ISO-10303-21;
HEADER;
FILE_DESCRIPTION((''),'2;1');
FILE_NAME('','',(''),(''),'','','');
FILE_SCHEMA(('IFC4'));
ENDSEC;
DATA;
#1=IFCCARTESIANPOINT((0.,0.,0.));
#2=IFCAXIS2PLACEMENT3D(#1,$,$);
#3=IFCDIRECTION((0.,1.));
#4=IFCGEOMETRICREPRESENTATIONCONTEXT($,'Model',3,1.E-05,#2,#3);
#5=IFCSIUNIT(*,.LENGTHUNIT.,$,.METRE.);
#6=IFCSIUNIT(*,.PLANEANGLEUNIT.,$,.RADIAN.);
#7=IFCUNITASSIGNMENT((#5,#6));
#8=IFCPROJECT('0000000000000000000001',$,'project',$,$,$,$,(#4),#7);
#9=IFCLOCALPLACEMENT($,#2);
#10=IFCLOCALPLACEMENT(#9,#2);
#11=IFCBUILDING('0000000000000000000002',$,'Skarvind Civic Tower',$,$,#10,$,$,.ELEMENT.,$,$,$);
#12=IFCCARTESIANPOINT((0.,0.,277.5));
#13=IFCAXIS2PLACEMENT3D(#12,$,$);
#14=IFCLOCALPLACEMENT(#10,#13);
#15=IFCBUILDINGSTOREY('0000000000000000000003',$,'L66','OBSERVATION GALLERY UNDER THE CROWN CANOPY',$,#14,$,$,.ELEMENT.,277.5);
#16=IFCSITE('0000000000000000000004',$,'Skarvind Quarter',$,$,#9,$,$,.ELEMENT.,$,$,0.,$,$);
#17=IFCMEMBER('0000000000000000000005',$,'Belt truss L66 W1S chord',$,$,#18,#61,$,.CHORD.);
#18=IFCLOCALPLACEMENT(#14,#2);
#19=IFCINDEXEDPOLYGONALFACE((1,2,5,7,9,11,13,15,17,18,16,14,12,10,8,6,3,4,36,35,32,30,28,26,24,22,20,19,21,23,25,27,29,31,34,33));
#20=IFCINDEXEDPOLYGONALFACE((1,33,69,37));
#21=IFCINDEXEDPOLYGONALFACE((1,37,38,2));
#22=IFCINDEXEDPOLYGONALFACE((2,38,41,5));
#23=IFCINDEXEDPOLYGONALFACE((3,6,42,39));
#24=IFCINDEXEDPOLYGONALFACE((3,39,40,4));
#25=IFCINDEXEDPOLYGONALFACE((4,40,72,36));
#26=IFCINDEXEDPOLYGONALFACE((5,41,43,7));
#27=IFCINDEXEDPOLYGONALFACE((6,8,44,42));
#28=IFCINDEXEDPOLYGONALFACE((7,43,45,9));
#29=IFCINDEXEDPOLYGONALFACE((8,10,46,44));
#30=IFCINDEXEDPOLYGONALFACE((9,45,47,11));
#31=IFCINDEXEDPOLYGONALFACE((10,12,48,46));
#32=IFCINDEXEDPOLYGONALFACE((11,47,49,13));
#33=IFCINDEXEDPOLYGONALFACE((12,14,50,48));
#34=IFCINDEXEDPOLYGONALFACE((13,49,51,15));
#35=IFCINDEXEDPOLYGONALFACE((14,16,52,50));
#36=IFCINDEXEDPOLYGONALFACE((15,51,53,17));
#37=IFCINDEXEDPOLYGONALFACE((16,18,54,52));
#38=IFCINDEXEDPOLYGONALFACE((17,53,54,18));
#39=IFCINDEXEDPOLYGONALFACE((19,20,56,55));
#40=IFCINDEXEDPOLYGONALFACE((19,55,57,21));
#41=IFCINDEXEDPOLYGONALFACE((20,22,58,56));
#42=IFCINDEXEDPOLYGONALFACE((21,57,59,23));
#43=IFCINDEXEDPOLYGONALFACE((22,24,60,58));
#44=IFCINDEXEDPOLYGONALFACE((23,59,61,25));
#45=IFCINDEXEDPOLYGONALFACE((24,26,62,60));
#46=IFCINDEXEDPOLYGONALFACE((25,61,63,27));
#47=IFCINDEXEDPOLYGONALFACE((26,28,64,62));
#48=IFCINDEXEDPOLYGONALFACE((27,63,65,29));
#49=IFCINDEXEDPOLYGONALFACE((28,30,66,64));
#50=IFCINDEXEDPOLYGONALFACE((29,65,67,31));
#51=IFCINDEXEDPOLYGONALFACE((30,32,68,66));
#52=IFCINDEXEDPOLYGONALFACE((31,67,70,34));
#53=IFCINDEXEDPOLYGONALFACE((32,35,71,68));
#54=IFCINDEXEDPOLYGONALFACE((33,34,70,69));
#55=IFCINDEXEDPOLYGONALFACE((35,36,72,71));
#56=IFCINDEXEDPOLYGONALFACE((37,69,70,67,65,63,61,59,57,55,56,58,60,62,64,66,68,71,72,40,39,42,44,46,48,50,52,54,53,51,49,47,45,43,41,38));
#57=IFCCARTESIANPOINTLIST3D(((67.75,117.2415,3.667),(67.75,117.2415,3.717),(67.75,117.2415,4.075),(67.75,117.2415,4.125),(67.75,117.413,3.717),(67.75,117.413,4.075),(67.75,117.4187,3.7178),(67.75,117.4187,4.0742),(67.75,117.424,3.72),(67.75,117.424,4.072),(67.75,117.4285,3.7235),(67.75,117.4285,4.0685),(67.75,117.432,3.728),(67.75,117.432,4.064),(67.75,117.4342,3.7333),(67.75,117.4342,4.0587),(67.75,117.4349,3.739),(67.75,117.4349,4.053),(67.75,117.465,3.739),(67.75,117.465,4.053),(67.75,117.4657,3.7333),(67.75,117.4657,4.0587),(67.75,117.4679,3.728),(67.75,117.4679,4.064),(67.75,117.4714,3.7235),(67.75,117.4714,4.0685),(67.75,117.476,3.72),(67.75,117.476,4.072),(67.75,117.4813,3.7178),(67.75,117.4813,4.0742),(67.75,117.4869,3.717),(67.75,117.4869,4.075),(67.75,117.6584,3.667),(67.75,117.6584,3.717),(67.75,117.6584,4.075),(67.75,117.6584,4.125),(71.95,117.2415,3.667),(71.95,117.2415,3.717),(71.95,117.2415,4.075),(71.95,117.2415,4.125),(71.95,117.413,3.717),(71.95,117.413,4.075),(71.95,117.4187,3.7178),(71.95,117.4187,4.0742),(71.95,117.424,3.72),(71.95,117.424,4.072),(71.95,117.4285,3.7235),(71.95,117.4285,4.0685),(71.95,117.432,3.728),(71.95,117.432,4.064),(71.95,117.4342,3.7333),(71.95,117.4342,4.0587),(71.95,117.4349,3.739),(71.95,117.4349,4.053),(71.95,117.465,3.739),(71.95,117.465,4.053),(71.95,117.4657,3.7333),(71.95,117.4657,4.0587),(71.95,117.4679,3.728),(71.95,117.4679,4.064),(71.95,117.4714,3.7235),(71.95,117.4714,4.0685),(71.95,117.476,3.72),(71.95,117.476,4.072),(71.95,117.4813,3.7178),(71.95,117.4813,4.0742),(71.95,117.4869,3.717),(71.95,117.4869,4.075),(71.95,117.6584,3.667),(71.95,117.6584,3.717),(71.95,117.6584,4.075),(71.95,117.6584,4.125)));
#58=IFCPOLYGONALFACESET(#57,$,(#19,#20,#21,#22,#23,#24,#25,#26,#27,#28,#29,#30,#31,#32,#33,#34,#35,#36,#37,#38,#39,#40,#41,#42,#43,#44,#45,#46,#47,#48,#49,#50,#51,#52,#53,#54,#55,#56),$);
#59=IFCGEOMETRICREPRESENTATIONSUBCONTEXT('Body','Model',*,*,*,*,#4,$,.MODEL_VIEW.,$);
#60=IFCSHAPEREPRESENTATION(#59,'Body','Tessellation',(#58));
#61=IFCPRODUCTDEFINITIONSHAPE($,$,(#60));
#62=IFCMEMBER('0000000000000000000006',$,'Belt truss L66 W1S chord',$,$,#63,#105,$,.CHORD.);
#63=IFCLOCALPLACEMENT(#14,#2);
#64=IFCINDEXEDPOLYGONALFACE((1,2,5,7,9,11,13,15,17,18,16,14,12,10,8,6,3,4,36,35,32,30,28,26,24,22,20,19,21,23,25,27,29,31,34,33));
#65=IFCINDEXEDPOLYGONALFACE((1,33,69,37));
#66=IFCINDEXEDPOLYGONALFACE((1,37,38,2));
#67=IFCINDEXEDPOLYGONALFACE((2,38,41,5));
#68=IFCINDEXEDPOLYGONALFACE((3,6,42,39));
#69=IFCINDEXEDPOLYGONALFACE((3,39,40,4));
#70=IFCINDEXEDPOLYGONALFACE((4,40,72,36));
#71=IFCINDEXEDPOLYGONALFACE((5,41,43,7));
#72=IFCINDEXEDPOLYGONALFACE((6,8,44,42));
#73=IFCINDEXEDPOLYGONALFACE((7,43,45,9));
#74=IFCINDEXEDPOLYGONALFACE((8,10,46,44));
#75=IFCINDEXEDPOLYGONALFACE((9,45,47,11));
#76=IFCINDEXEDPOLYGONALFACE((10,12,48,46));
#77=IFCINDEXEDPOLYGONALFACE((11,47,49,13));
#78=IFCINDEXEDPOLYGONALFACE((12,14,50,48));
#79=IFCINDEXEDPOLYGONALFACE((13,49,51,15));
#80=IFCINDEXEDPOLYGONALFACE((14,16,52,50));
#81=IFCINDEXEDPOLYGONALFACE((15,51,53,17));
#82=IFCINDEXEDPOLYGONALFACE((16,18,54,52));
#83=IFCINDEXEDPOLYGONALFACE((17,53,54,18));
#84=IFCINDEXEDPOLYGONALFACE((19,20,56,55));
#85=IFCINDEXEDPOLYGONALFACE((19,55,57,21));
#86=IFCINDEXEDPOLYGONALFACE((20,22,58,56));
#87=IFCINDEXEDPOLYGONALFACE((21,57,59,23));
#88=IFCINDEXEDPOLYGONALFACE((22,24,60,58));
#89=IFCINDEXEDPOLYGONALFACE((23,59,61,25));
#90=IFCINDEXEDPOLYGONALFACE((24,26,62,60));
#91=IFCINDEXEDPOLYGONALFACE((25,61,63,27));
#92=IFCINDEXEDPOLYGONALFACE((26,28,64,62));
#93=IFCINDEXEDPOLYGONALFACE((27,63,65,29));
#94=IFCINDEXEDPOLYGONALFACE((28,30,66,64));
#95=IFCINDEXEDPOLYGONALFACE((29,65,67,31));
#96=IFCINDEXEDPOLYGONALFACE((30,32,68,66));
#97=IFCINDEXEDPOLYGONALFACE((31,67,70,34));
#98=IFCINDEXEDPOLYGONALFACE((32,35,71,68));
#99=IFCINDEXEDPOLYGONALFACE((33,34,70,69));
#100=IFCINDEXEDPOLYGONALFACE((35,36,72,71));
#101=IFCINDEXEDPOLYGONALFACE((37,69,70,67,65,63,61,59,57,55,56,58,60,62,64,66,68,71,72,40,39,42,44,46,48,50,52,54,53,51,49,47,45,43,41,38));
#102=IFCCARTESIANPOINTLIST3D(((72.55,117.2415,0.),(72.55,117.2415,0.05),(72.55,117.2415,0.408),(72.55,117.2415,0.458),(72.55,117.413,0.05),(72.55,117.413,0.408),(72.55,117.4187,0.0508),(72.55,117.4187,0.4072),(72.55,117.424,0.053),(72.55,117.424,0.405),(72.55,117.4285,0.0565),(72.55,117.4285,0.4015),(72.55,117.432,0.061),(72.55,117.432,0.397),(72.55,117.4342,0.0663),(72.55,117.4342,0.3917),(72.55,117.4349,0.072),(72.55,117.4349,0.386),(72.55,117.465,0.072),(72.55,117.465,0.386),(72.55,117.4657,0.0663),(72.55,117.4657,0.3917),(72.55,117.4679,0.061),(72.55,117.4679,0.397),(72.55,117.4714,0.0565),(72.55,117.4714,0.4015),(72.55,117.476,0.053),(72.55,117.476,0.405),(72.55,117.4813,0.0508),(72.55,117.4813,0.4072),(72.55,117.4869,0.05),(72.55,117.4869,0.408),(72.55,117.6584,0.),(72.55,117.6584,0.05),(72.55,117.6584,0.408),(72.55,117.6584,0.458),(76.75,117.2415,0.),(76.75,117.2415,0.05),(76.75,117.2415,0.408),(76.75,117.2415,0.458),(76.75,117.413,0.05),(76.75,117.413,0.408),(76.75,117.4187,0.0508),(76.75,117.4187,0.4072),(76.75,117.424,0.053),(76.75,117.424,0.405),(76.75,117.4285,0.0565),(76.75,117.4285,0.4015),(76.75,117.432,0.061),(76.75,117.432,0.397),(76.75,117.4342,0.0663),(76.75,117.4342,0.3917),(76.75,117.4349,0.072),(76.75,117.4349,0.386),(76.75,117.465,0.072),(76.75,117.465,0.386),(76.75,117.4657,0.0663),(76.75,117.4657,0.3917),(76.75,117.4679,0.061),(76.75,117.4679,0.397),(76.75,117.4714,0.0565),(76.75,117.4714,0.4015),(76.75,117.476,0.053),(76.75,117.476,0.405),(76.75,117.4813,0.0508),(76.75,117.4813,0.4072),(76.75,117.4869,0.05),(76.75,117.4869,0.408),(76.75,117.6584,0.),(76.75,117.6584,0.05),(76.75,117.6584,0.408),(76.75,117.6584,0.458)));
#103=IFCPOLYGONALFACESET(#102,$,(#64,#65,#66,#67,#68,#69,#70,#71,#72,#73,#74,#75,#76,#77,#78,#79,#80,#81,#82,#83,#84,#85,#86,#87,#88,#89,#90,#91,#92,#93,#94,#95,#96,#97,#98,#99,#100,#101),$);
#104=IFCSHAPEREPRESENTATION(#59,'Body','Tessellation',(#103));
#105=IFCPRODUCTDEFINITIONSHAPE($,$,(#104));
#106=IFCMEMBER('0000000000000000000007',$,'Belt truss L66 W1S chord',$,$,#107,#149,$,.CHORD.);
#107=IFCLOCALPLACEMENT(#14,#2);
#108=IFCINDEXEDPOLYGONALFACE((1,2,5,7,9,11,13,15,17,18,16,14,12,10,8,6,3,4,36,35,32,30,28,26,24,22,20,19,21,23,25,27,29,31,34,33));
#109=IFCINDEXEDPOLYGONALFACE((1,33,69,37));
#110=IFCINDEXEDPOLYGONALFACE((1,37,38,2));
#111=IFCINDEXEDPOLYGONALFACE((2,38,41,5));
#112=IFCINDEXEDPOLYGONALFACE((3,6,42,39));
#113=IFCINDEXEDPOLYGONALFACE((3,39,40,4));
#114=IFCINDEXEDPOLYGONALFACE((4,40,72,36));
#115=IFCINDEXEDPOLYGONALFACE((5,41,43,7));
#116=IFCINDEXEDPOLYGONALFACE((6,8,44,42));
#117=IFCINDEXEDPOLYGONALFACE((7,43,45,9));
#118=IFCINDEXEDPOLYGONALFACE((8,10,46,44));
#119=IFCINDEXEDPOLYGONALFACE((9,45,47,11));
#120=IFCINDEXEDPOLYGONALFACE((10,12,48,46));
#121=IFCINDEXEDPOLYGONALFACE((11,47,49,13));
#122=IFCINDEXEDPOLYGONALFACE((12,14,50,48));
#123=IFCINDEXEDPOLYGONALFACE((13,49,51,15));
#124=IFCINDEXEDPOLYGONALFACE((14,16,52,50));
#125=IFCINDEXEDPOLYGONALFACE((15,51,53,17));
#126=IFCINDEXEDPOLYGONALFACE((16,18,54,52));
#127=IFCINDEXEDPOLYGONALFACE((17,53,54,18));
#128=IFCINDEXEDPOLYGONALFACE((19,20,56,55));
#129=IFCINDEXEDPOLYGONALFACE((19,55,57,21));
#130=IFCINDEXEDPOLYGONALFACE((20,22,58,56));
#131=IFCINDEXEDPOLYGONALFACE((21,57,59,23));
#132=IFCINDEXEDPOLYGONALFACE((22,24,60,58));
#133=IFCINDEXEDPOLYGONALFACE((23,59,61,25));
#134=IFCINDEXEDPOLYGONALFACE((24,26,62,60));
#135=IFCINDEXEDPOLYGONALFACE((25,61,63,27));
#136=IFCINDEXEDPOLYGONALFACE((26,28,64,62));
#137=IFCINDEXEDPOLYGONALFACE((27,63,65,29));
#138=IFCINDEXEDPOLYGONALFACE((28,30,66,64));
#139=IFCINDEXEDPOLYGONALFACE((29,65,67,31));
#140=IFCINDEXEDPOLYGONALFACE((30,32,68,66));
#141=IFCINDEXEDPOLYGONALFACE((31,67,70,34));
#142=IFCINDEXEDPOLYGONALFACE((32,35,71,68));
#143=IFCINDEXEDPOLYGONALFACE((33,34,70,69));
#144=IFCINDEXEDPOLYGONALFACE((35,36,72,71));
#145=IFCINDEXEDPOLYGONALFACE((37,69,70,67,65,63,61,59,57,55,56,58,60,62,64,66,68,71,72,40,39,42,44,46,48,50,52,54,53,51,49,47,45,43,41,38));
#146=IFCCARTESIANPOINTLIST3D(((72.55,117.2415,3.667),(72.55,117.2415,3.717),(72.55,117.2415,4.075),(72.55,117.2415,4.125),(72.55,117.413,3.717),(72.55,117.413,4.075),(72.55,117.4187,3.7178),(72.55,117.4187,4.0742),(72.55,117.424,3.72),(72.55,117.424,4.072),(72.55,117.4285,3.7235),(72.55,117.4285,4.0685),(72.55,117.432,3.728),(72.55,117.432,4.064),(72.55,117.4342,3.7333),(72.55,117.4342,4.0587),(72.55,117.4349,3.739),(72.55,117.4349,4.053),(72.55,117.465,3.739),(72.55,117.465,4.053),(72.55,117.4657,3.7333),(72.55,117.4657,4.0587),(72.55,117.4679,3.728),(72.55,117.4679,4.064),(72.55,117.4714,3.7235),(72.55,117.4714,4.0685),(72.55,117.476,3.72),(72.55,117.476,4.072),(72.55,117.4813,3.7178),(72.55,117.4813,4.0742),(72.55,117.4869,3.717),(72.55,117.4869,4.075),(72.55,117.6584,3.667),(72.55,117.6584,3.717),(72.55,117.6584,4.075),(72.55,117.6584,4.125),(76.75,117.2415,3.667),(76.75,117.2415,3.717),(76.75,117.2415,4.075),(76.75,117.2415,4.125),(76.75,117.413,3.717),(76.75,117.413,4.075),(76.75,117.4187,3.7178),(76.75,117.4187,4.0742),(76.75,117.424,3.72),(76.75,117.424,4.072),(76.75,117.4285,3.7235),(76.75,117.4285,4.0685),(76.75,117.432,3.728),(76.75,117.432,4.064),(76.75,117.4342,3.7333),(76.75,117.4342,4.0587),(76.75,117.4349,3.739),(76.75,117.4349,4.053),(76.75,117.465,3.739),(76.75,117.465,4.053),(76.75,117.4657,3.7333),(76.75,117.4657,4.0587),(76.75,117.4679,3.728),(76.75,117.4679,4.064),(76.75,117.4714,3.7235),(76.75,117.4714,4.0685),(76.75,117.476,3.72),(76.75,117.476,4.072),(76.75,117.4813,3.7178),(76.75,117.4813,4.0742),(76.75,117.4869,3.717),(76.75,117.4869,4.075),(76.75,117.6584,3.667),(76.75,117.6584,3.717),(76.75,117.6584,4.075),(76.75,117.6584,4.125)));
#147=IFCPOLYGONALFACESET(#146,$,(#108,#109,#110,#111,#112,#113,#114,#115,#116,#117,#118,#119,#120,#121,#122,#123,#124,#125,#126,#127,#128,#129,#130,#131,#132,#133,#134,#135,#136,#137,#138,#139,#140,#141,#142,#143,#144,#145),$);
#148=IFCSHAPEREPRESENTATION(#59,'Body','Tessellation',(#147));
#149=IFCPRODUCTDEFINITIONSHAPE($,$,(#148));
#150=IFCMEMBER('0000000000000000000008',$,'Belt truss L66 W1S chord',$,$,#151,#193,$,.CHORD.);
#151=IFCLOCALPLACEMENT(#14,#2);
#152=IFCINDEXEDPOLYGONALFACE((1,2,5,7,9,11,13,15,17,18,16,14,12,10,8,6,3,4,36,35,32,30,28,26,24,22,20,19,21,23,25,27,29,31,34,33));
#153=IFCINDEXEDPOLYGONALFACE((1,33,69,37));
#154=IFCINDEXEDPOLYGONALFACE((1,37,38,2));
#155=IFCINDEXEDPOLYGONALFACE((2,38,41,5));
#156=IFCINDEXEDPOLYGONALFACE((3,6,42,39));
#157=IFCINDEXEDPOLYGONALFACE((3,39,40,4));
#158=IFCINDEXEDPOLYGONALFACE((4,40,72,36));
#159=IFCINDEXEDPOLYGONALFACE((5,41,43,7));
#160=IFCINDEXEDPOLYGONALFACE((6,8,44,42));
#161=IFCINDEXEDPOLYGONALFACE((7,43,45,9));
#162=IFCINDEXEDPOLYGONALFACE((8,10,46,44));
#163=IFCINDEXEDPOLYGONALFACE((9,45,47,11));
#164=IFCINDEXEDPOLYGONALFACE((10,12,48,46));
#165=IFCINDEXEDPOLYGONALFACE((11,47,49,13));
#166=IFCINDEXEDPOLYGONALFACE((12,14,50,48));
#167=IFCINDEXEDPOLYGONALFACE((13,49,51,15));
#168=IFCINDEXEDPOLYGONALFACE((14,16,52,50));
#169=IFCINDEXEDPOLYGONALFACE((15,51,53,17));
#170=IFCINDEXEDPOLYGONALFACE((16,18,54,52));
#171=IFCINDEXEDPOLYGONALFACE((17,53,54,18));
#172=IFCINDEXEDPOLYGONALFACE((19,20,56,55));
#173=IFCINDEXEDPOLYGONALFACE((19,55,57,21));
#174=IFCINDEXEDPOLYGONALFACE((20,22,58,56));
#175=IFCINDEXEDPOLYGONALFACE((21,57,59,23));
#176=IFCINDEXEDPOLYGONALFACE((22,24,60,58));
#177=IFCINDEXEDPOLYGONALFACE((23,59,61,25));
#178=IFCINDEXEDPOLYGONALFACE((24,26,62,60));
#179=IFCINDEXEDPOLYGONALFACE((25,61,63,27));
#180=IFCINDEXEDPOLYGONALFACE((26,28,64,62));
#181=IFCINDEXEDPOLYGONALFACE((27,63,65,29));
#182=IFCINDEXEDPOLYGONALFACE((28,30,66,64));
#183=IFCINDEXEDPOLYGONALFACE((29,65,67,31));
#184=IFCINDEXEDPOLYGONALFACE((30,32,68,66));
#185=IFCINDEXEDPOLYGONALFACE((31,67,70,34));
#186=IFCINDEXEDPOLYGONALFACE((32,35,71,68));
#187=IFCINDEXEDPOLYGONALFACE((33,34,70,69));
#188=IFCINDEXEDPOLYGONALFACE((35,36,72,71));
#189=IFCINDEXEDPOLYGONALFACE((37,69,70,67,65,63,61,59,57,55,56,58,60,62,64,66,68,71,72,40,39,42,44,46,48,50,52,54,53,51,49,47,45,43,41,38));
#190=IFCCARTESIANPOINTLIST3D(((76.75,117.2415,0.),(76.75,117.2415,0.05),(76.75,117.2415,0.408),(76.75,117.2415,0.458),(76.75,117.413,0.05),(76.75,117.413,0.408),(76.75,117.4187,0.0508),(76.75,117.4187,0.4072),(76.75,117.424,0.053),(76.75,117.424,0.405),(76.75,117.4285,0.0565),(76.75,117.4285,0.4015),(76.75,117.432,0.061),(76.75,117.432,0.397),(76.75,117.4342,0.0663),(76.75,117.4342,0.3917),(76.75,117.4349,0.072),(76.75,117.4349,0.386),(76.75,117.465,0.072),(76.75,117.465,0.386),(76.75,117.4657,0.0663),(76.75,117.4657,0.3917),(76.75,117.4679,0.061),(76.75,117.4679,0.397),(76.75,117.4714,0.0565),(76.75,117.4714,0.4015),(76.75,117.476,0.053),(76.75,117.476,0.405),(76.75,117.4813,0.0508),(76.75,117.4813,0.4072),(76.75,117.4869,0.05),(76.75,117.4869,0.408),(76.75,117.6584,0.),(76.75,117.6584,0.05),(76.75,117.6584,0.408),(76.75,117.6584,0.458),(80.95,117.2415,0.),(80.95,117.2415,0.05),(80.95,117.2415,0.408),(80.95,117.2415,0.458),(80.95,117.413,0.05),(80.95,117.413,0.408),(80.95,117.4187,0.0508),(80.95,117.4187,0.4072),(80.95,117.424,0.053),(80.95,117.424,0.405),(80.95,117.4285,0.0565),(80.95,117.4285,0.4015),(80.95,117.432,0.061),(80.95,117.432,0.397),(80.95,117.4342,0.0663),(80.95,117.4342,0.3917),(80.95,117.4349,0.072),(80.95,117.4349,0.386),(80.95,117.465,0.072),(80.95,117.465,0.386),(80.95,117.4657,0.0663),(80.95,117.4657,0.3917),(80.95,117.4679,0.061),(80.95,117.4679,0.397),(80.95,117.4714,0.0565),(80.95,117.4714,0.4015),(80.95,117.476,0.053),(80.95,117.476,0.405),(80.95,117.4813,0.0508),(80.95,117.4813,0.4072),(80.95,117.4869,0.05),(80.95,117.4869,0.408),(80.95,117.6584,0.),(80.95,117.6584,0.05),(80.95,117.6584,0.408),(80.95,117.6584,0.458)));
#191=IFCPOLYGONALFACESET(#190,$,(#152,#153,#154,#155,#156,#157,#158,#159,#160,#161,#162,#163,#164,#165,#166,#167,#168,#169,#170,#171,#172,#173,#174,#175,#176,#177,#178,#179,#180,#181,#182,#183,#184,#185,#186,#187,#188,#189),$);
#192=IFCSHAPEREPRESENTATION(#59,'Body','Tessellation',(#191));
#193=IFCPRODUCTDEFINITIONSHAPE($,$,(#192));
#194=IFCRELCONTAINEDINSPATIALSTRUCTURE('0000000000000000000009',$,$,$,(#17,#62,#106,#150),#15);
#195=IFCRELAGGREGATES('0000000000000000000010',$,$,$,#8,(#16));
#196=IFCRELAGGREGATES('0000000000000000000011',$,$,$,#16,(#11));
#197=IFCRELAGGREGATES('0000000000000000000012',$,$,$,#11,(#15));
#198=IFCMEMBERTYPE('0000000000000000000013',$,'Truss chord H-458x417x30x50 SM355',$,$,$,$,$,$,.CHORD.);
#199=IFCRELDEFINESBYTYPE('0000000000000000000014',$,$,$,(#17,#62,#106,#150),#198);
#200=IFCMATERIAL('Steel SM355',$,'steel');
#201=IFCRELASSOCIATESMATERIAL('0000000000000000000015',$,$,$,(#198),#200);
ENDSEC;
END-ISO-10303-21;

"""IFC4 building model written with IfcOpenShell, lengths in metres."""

from ifc_helpers import new_model, si_unit, direction, frame, origin, origin_2d, place, context, subcontext, project, spatial, i_section, extrude, material, material_profile, profile_set, type_object, element, save


model = new_model("IFC4")

# Units and contexts
model_context = context("Model", 3, precision=1e-05, world=origin(), true_north=direction((0.0, 1.0)))
body_context = subcontext(model_context, "Body", "Model", "MODEL_VIEW")
ifc_project = project(units=[si_unit("LENGTHUNIT", "METRE"), si_unit("PLANEANGLEUNIT", "RADIAN")], contexts=[model_context])

# Site, building, storey
site_placement = place(None, origin())
site = spatial("IfcSite", under=ifc_project, at=site_placement, Name="Skarvind Quarter", CompositionType="ELEMENT", RefElevation=0.0)
building_placement = place(site_placement, origin())
building = spatial("IfcBuilding", under=site, at=building_placement, Name="Skarvind Civic Tower", CompositionType="ELEMENT")
storey_placement = place(building_placement, frame((0.0, 0.0, 277.5)))
storey = spatial("IfcBuildingStorey", under=building, at=storey_placement, Name="L66", Description="OBSERVATION GALLERY UNDER THE CROWN CANOPY", CompositionType="ELEMENT", Elevation=277.5)

# Members
ifc_material_1 = material(Name="Steel SM355", Category="steel")
ifc_material_profile_1 = material_profile(ifc_material_1, i_section(OverallWidth=0.417, OverallDepth=0.458, WebThickness=0.03, FlangeThickness=0.05, FilletRadius=0.022, at=origin_2d()), Name="H-458x417x30x50")
ifc_profile_set_1 = profile_set([ifc_material_profile_1], Name="Steel SM355")
member_type_1 = type_object("IfcMemberType", Name="Truss chord H-458x417x30x50 SM355", PredefinedType="CHORD", material=ifc_profile_set_1)
for number, where, z_axis, x_axis, name in (
    (1, (67.75, 117.45, 3.896), (1.0, 0.0, 0.0), (0.0, 1.0, 0.0), "Belt truss L66 W1S chord"),
    (2, (72.55, 117.45, 0.229), (1.0, 0.0, 0.0), (0.0, 1.0, 0.0), "Belt truss L66 W1S chord"),
    (3, (72.55, 117.45, 3.896), (1.0, 0.0, 0.0), (0.0, 1.0, 0.0), "Belt truss L66 W1S chord"),
    (4, (76.75, 117.45, 0.229), (1.0, 0.0, 0.0), (0.0, 1.0, 0.0), "Belt truss L66 W1S chord"),
):
    element("IfcMember", number, at=place(storey_placement, frame(where, z_axis=z_axis, x_axis=x_axis)), inside=storey, type_object=member_type_1, Name=name, PredefinedType="CHORD", context=body_context, shape_type="SweptSolid", body=[
        extrude(i_section(OverallWidth=0.417, OverallDepth=0.458, WebThickness=0.03, FlangeThickness=0.05, FilletRadius=0.022, at=origin_2d()), origin(), (0.0, 0.0, 1.0), 4.2),
    ])

save(model, "model.ifc")
